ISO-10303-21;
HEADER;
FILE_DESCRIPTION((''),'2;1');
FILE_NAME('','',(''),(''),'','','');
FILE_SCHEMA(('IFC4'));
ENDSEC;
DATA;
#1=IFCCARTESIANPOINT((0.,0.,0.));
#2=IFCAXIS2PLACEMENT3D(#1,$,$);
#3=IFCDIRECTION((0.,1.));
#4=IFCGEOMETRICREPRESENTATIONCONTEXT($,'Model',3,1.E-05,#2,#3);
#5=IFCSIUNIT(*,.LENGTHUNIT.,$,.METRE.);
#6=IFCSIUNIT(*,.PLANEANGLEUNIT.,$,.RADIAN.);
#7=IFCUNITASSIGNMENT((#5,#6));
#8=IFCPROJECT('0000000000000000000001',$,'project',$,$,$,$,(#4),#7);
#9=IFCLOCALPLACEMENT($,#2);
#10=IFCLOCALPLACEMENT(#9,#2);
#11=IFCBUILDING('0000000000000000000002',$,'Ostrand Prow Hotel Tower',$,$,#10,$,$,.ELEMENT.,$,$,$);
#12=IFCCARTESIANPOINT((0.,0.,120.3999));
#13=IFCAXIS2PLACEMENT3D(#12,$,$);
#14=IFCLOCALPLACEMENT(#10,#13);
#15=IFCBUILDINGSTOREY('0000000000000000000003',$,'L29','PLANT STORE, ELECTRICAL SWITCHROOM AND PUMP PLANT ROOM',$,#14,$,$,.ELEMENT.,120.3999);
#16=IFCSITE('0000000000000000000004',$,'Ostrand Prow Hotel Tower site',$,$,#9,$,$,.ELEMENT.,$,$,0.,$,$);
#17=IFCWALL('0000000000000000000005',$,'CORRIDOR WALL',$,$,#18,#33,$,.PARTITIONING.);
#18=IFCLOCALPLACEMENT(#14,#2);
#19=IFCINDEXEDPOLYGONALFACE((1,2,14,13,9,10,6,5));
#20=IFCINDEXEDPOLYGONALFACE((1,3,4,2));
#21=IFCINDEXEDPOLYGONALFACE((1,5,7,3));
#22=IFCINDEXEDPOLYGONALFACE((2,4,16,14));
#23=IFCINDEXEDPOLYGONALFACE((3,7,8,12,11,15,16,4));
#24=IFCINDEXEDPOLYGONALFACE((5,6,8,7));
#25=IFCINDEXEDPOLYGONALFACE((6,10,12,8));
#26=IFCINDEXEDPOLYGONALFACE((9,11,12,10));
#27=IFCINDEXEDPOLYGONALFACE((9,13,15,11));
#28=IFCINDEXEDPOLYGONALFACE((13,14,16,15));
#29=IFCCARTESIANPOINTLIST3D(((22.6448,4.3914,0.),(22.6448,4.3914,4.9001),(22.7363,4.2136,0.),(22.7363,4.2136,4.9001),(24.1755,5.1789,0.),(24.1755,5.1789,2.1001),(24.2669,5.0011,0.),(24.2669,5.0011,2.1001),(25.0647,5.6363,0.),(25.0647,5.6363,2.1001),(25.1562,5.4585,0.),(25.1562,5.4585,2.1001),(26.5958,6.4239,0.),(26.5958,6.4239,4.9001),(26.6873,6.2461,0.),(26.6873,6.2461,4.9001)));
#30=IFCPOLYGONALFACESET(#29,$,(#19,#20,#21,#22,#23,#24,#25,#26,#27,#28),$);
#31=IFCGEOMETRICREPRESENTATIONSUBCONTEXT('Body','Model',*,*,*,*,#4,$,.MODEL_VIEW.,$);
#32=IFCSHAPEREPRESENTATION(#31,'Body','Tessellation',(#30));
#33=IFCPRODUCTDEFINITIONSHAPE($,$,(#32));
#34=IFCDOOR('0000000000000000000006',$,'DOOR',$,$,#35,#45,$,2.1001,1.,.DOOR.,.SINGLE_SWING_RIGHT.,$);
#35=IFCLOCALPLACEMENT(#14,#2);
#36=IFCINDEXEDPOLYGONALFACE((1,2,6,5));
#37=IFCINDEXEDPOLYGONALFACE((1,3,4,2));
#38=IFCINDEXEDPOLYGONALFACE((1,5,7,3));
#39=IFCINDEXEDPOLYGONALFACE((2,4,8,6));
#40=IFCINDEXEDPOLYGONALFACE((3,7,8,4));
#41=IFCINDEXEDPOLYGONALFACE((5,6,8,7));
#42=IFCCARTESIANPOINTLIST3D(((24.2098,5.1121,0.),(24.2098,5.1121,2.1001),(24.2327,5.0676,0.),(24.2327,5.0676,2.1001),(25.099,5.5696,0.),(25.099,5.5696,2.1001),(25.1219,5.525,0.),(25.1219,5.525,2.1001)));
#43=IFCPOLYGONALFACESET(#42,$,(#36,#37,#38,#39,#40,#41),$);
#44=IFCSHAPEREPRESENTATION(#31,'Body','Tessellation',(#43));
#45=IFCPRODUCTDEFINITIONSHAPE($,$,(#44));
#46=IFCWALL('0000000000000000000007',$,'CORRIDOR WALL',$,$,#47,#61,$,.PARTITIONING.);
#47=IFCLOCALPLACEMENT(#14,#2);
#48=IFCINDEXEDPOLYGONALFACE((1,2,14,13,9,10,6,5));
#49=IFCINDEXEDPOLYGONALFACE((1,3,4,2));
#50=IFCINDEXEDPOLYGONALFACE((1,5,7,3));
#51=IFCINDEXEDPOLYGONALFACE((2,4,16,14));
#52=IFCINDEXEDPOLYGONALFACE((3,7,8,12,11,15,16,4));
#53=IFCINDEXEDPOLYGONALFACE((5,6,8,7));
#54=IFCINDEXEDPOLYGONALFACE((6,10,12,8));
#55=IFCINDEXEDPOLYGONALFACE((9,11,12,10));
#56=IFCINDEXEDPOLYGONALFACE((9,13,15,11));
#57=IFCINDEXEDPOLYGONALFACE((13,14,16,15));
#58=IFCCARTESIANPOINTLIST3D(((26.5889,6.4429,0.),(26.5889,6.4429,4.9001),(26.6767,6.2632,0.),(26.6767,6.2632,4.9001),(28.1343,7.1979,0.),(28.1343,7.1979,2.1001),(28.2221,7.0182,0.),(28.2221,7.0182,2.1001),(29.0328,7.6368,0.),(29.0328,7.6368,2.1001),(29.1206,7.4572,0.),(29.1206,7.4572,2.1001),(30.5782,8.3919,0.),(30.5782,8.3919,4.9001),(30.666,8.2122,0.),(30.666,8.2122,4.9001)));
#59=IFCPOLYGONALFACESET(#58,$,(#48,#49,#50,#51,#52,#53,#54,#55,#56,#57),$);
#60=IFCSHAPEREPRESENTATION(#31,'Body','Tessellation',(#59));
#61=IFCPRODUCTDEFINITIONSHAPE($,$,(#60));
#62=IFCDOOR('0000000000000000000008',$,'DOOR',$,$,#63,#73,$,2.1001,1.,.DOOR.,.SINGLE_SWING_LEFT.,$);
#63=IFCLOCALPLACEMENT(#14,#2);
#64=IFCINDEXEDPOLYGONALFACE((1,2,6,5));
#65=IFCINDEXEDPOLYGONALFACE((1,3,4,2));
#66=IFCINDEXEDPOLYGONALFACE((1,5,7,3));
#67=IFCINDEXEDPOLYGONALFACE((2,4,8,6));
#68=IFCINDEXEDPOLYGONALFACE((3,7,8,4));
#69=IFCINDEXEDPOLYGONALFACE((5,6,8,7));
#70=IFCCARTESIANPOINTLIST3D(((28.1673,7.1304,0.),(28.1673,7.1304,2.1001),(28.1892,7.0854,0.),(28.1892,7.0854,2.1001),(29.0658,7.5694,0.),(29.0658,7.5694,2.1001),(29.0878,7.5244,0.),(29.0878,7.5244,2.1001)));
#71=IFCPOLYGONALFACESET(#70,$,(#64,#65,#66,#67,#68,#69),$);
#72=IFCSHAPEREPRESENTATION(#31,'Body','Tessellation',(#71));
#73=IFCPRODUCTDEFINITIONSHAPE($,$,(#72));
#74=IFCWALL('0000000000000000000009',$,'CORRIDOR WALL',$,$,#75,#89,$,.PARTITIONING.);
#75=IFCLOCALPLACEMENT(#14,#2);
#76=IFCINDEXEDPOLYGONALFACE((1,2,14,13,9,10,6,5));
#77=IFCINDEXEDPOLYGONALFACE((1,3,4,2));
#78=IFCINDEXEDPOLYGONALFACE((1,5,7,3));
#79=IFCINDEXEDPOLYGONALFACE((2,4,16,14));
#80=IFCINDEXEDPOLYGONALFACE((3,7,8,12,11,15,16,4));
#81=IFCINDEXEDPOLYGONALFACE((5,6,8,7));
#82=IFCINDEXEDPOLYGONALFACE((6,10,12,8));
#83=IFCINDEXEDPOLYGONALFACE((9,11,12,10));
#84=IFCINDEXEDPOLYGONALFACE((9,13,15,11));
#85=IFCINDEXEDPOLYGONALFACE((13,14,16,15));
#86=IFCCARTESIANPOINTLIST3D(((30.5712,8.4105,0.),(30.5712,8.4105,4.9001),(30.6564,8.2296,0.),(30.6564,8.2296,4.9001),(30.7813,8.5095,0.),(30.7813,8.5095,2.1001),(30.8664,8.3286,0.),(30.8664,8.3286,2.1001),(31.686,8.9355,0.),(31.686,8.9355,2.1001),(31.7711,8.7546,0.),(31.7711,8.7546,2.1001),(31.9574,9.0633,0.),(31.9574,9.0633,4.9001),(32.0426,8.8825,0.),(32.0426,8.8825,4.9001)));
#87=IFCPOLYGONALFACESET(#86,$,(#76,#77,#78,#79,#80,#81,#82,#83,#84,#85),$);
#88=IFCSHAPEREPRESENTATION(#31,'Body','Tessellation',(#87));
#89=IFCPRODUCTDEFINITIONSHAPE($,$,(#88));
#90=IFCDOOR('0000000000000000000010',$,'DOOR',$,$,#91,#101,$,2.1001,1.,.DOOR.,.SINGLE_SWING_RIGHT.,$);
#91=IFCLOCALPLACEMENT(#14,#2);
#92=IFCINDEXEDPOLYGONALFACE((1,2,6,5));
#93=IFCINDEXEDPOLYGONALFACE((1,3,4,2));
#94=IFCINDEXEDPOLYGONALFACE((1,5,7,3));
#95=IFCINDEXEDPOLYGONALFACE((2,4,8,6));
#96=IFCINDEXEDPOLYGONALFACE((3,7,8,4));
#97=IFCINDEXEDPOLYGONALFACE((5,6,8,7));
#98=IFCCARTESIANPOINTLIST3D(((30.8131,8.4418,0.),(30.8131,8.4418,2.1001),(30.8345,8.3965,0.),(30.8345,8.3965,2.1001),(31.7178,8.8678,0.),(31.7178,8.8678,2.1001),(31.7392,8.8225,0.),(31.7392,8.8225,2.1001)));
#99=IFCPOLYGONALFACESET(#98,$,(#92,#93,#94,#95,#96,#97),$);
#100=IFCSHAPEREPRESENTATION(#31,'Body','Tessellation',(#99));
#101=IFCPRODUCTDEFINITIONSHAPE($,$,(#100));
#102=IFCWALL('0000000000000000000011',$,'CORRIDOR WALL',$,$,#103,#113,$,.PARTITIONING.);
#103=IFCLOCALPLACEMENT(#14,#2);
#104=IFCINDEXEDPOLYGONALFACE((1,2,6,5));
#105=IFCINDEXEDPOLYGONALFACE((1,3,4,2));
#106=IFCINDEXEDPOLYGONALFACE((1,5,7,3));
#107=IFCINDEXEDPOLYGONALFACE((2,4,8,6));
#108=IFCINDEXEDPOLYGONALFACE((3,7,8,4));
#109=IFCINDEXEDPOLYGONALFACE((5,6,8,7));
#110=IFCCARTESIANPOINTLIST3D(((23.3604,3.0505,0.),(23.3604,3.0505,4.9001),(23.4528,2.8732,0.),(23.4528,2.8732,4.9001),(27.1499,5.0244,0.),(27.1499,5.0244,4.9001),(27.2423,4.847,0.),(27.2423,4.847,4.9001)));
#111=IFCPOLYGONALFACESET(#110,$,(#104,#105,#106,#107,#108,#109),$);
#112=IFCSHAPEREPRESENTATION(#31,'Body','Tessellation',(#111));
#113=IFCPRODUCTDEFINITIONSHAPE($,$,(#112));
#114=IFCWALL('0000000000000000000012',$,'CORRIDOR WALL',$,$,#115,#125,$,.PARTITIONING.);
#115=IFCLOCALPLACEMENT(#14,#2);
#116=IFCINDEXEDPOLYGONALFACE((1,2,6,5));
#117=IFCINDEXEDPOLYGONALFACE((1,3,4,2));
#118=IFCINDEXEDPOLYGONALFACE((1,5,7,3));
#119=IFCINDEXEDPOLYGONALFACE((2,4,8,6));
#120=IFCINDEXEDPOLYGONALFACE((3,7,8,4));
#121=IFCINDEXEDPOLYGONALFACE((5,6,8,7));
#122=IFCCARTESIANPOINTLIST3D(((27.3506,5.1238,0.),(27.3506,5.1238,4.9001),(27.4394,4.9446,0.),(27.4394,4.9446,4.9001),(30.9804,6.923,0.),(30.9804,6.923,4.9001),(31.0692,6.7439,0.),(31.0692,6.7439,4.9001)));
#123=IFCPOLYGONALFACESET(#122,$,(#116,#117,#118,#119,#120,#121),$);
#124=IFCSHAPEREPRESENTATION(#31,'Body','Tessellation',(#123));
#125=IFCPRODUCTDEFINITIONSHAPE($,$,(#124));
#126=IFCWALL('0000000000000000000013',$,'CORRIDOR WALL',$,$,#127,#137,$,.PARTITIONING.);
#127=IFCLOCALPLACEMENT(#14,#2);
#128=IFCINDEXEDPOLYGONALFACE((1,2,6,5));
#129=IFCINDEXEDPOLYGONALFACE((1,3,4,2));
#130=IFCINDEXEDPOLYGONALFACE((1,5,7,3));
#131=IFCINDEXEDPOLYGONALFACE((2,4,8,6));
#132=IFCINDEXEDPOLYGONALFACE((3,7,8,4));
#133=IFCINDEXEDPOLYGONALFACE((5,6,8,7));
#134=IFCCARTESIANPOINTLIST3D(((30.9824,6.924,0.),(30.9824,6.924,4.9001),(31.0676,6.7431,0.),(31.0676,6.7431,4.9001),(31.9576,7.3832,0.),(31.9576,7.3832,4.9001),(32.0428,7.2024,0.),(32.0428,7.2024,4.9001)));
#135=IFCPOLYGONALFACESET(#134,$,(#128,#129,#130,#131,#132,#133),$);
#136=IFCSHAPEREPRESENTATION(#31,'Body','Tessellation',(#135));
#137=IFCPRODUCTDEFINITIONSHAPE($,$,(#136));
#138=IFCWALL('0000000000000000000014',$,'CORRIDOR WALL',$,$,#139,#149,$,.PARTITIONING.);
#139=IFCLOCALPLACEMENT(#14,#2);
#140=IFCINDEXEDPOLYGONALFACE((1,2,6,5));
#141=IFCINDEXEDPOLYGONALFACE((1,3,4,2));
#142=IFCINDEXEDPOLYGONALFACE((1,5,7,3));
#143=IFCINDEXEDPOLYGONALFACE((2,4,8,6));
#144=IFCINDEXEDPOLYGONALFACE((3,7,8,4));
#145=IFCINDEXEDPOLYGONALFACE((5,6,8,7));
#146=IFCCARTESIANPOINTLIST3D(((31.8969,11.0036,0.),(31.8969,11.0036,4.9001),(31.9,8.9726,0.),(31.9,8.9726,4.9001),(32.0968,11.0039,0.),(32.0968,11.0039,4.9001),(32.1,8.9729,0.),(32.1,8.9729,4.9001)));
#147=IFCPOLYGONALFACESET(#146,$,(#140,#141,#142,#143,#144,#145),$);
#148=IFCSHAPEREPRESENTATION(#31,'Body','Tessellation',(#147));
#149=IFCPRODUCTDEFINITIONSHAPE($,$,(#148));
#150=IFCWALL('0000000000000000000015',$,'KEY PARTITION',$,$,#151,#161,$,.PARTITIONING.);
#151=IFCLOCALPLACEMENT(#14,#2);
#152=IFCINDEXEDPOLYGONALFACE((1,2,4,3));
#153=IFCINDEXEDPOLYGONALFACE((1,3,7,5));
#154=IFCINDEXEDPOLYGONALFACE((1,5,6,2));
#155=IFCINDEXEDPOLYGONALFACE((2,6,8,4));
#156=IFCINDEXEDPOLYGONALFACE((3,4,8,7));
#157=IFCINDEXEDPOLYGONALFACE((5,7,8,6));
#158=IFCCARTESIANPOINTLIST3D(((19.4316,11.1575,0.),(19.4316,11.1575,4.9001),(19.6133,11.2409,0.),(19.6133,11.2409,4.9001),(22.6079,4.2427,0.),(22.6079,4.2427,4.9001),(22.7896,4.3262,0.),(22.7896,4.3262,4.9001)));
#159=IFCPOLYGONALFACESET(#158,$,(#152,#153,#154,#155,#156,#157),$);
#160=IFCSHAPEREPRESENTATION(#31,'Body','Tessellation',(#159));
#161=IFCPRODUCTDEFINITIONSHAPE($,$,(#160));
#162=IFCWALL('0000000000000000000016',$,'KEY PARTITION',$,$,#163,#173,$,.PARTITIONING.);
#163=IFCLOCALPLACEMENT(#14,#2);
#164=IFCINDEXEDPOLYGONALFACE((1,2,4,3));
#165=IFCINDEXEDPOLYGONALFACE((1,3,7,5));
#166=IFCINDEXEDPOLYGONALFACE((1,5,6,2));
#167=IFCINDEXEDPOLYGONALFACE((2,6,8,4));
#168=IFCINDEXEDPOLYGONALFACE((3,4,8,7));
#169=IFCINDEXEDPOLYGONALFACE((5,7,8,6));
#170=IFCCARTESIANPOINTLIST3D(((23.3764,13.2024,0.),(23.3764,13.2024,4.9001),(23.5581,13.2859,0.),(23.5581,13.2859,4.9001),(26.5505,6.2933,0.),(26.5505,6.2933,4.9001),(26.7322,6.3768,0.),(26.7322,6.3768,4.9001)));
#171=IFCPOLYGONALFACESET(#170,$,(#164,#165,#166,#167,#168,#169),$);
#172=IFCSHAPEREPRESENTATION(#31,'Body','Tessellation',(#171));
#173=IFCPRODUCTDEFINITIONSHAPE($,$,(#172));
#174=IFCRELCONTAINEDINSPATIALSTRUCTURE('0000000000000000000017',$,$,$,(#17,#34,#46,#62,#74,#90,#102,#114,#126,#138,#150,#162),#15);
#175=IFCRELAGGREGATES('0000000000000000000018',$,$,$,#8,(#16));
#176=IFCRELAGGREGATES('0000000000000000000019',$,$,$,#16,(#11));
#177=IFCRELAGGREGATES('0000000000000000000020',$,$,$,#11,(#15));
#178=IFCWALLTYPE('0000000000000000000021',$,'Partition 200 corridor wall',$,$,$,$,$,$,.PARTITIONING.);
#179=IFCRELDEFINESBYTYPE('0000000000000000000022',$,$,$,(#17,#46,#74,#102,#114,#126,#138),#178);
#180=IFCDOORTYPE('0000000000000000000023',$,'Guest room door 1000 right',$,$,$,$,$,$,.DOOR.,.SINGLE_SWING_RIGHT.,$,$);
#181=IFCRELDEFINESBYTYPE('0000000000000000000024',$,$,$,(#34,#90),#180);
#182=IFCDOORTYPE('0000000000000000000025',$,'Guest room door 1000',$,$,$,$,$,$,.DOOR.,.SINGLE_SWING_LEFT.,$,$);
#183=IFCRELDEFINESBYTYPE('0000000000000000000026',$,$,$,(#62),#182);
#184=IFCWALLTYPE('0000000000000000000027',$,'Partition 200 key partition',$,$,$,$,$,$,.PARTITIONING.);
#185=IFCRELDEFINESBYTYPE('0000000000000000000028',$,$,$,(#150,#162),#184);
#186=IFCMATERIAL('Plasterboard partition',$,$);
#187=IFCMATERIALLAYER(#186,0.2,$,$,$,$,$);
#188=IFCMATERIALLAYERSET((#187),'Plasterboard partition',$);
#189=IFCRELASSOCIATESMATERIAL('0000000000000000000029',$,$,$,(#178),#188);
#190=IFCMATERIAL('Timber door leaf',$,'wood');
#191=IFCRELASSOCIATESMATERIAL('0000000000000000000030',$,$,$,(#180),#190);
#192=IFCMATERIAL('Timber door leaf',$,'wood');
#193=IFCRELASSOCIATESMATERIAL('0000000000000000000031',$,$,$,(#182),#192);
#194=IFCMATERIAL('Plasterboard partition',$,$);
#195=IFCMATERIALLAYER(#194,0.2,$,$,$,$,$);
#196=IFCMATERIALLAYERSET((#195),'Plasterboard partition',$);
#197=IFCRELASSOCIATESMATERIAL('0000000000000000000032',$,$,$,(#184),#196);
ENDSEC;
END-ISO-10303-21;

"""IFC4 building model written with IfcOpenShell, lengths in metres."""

from ifc_helpers import new_model, si_unit, direction, frame, frame_2d, origin, place, context, subcontext, project, spatial, rectangle, extrude, material, layer, layer_set, type_object, element, fill, save


model = new_model("IFC4")

# Units and contexts
model_context = context("Model", 3, precision=1e-05, world=origin(), true_north=direction((0.0, 1.0)))
body_context = subcontext(model_context, "Body", "Model", "MODEL_VIEW")
ifc_project = project(units=[si_unit("LENGTHUNIT", "METRE"), si_unit("PLANEANGLEUNIT", "RADIAN")], contexts=[model_context])

# Site, building, storey
site_placement = place(None, origin())
site = spatial("IfcSite", under=ifc_project, at=site_placement, Name="Ostrand Prow Hotel Tower site", CompositionType="ELEMENT", RefElevation=0.0)
building_placement = place(site_placement, origin())
building = spatial("IfcBuilding", under=site, at=building_placement, Name="Ostrand Prow Hotel Tower", CompositionType="ELEMENT")
storey_placement = place(building_placement, frame((0.0, 0.0, 120.3999)))
storey = spatial("IfcBuildingStorey", under=building, at=storey_placement, Name="L29", Description="PLANT STORE, ELECTRICAL SWITCHROOM AND PUMP PLANT ROOM", CompositionType="ELEMENT", Elevation=120.3999)

# Walls, openings, doors
ifc_material_1 = material(Name="Plasterboard partition")
ifc_layer_1 = layer(ifc_material_1, 0.2)
ifc_layer_set_1 = layer_set([ifc_layer_1], Name="Plasterboard partition")
wall_type_1 = type_object("IfcWallType", Name="Partition 200 corridor wall", PredefinedType="PARTITIONING", material=ifc_layer_set_1)
wall_1_placement = place(storey_placement, frame((22.6904, 4.3025, 0.0), z_axis=(0.0, 0.0, 1.0), x_axis=(0.889236, 0.457449, 0.0)))
wall_1 = element("IfcWall", 1, at=wall_1_placement, inside=storey, type_object=wall_type_1, Name="CORRIDOR WALL", PredefinedType="PARTITIONING", context=body_context, shape_type="SweptSolid", body=[
    extrude(rectangle(XDim=4.4431, YDim=0.2, at=frame_2d((2.2217, 0.0))), origin(), (0.0, 0.0, 1.0), 4.9001),
])
opening_1_placement = place(wall_1_placement, frame((1.7214, 0.0, 0.0)))
opening_1 = element("IfcOpeningElement", 2, at=opening_1_placement, cuts=wall_1, PredefinedType="OPENING", context=body_context, shape_type="SweptSolid", body=[
    extrude(rectangle(XDim=1.0, YDim=2.1001, at=frame_2d((0.5, 1.05))), frame((0.0, 0.1099, 0.0), z_axis=(0.0, -1.0, 0.0), x_axis=(1.0, 0.0, 0.0)), (0.0, 0.0, 1.0), 0.22),
])
ifc_material_2 = material(Name="Timber door leaf", Category="wood")
door_type_1 = type_object("IfcDoorType", Name="Guest room door 1000 right", OperationType="SINGLE_SWING_RIGHT", PredefinedType="DOOR", material=ifc_material_2)
door_1_placement = place(opening_1_placement, origin())
door_1 = element("IfcDoor", 3, at=door_1_placement, inside=storey, type_object=door_type_1, Name="DOOR", OperationType="SINGLE_SWING_RIGHT", OverallHeight=2.1001, OverallWidth=1.0, PredefinedType="DOOR", context=body_context, shape_type="SweptSolid", body=[
    extrude(rectangle(XDim=1.0, YDim=2.1001, at=frame_2d((0.5, 1.05))), frame((0.0, 0.0249, 0.0), z_axis=(0.0, -1.0, 0.0), x_axis=(1.0, 0.0, 0.0)), (0.0, 0.0, 1.0), 0.05),
])
fill(opening_1, door_1)
wall_2_placement = place(storey_placement, frame((26.6328, 6.353, 0.0), z_axis=(0.0, 0.0, 1.0), x_axis=(0.898502, 0.438968, 0.0)))
wall_2 = element("IfcWall", 4, at=wall_2_placement, inside=storey, type_object=wall_type_1, Name="CORRIDOR WALL", PredefinedType="PARTITIONING", context=body_context, shape_type="SweptSolid", body=[
    extrude(rectangle(XDim=4.4399, YDim=0.2, at=frame_2d((2.22, 0.0))), origin(), (0.0, 0.0, 1.0), 4.9001),
])
opening_2_placement = place(wall_2_placement, frame((1.72, 0.0, 0.0)))
opening_2 = element("IfcOpeningElement", 5, at=opening_2_placement, cuts=wall_2, PredefinedType="OPENING", context=body_context, shape_type="SweptSolid", body=[
    extrude(rectangle(XDim=1.0, YDim=2.1001, at=frame_2d((0.5, 1.05))), frame((0.0, 0.1099, 0.0), z_axis=(0.0, -1.0, 0.0), x_axis=(1.0, 0.0, 0.0)), (0.0, 0.0, 1.0), 0.22),
])
ifc_material_3 = material(Name="Timber door leaf", Category="wood")
door_type_2 = type_object("IfcDoorType", Name="Guest room door 1000", OperationType="SINGLE_SWING_LEFT", PredefinedType="DOOR", material=ifc_material_3)
door_2_placement = place(opening_2_placement, origin())
door_2 = element("IfcDoor", 6, at=door_2_placement, inside=storey, type_object=door_type_2, Name="DOOR", OperationType="SINGLE_SWING_LEFT", OverallHeight=2.1001, OverallWidth=1.0, PredefinedType="DOOR", context=body_context, shape_type="SweptSolid", body=[
    extrude(rectangle(XDim=1.0, YDim=2.1001, at=frame_2d((0.5, 1.05))), frame((0.0, 0.0249, 0.0), z_axis=(0.0, -1.0, 0.0), x_axis=(1.0, 0.0, 0.0)), (0.0, 0.0, 1.0), 0.05),
])
fill(opening_2, door_2)
wall_3_placement = place(storey_placement, frame((32.0, 8.9729, 0.0), z_axis=(0.0, 0.0, 1.0), x_axis=(-0.904696, -0.426058, 0.0)))
wall_3 = element("IfcWall", 7, at=wall_3_placement, inside=storey, type_object=wall_type_1, Name="CORRIDOR WALL", PredefinedType="PARTITIONING", context=body_context, shape_type="SweptSolid", body=[
    extrude(rectangle(XDim=1.5322, YDim=0.2, at=frame_2d((0.7661, 0.0))), origin(), (0.0, 0.0, 1.0), 4.9001),
])
opening_3_placement = place(wall_3_placement, frame((0.3, 0.0, 0.0)))
opening_3 = element("IfcOpeningElement", 8, at=opening_3_placement, cuts=wall_3, PredefinedType="OPENING", context=body_context, shape_type="SweptSolid", body=[
    extrude(rectangle(XDim=1.0, YDim=2.1001, at=frame_2d((0.5, 1.05))), frame((0.0, 0.1099, 0.0), z_axis=(0.0, -1.0, 0.0), x_axis=(1.0, 0.0, 0.0)), (0.0, 0.0, 1.0), 0.22),
])
door_3_placement = place(opening_3_placement, origin())
door_3 = element("IfcDoor", 9, at=door_3_placement, inside=storey, type_object=door_type_1, Name="DOOR", OperationType="SINGLE_SWING_RIGHT", OverallHeight=2.1001, OverallWidth=1.0, PredefinedType="DOOR", context=body_context, shape_type="SweptSolid", body=[
    extrude(rectangle(XDim=1.0, YDim=2.1001, at=frame_2d((0.5, 1.05))), frame((0.0, 0.0249, 0.0), z_axis=(0.0, -1.0, 0.0), x_axis=(1.0, 0.0, 0.0)), (0.0, 0.0, 1.0), 0.05),
])
fill(opening_3, door_3)

# Walls
wall_4_placement = place(storey_placement, frame((23.4067, 2.9619, 0.0), z_axis=(0.0, 0.0, 1.0), x_axis=(0.886899, 0.461963, 0.0)))
element("IfcWall", 10, at=wall_4_placement, inside=storey, type_object=wall_type_1, Name="CORRIDOR WALL", PredefinedType="PARTITIONING", context=body_context, shape_type="SweptSolid", body=[
    extrude(rectangle(XDim=4.2727, YDim=0.2, at=frame_2d((2.1362, 0.0))), origin(), (0.0, 0.0, 1.0), 4.9001),
])
wall_5_placement = place(storey_placement, frame((27.395, 5.0342, 0.0), z_axis=(0.0, 0.0, 1.0), x_axis=(0.895965, 0.444126, 0.0)))
element("IfcWall", 11, at=wall_5_placement, inside=storey, type_object=wall_type_1, Name="CORRIDOR WALL", PredefinedType="PARTITIONING", context=body_context, shape_type="SweptSolid", body=[
    extrude(rectangle(XDim=4.0513, YDim=0.2, at=frame_2d((2.0256, 0.0))), origin(), (0.0, 0.0, 1.0), 4.9001),
])
wall_6_placement = place(storey_placement, frame((31.0249, 6.8335, 0.0), z_axis=(0.0, 0.0, 1.0), x_axis=(0.90469, 0.42607, 0.0)))
element("IfcWall", 12, at=wall_6_placement, inside=storey, type_object=wall_type_1, Name="CORRIDOR WALL", PredefinedType="PARTITIONING", context=body_context, shape_type="SweptSolid", body=[
    extrude(rectangle(XDim=1.0779, YDim=0.2, at=frame_2d((0.5391, 0.0))), origin(), (0.0, 0.0, 1.0), 4.9001),
])
wall_7_placement = place(storey_placement, frame((31.9968, 11.0039, 0.0), z_axis=(0.0, 0.0, 1.0), x_axis=(0.001563, -0.999999, 0.0)))
element("IfcWall", 13, at=wall_7_placement, inside=storey, type_object=wall_type_1, Name="CORRIDOR WALL", PredefinedType="PARTITIONING", context=body_context, shape_type="SweptSolid", body=[
    extrude(rectangle(XDim=2.031, YDim=0.2, at=frame_2d((1.0156, 0.0))), origin(), (0.0, 0.0, 1.0), 4.9001),
])
ifc_material_4 = material(Name="Plasterboard partition")
ifc_layer_2 = layer(ifc_material_4, 0.2)
ifc_layer_set_2 = layer_set([ifc_layer_2], Name="Plasterboard partition")
wall_type_2 = type_object("IfcWallType", Name="Partition 200 key partition", PredefinedType="PARTITIONING", material=ifc_layer_set_2)
wall_8_placement = place(storey_placement, frame((22.6987, 4.2844, 0.0), z_axis=(0.0, 0.0, 1.0), x_axis=(-0.417414, 0.908717, 0.0)))
element("IfcWall", 14, at=wall_8_placement, inside=storey, type_object=wall_type_2, Name="KEY PARTITION", PredefinedType="PARTITIONING", context=body_context, shape_type="SweptSolid", body=[
    extrude(rectangle(XDim=7.6094, YDim=0.2, at=frame_2d((3.8047, 0.0))), origin(), (0.0, 0.0, 1.0), 4.9001),
])
wall_9_placement = place(storey_placement, frame((26.6414, 6.335, 0.0), z_axis=(0.0, 0.0, 1.0), x_axis=(-0.417455, 0.908698, 0.0)))
element("IfcWall", 15, at=wall_9_placement, inside=storey, type_object=wall_type_2, Name="KEY PARTITION", PredefinedType="PARTITIONING", context=body_context, shape_type="SweptSolid", body=[
    extrude(rectangle(XDim=7.6033, YDim=0.2, at=frame_2d((3.8018, 0.0))), origin(), (0.0, 0.0, 1.0), 4.9001),
])

save(model, "model.ifc")
